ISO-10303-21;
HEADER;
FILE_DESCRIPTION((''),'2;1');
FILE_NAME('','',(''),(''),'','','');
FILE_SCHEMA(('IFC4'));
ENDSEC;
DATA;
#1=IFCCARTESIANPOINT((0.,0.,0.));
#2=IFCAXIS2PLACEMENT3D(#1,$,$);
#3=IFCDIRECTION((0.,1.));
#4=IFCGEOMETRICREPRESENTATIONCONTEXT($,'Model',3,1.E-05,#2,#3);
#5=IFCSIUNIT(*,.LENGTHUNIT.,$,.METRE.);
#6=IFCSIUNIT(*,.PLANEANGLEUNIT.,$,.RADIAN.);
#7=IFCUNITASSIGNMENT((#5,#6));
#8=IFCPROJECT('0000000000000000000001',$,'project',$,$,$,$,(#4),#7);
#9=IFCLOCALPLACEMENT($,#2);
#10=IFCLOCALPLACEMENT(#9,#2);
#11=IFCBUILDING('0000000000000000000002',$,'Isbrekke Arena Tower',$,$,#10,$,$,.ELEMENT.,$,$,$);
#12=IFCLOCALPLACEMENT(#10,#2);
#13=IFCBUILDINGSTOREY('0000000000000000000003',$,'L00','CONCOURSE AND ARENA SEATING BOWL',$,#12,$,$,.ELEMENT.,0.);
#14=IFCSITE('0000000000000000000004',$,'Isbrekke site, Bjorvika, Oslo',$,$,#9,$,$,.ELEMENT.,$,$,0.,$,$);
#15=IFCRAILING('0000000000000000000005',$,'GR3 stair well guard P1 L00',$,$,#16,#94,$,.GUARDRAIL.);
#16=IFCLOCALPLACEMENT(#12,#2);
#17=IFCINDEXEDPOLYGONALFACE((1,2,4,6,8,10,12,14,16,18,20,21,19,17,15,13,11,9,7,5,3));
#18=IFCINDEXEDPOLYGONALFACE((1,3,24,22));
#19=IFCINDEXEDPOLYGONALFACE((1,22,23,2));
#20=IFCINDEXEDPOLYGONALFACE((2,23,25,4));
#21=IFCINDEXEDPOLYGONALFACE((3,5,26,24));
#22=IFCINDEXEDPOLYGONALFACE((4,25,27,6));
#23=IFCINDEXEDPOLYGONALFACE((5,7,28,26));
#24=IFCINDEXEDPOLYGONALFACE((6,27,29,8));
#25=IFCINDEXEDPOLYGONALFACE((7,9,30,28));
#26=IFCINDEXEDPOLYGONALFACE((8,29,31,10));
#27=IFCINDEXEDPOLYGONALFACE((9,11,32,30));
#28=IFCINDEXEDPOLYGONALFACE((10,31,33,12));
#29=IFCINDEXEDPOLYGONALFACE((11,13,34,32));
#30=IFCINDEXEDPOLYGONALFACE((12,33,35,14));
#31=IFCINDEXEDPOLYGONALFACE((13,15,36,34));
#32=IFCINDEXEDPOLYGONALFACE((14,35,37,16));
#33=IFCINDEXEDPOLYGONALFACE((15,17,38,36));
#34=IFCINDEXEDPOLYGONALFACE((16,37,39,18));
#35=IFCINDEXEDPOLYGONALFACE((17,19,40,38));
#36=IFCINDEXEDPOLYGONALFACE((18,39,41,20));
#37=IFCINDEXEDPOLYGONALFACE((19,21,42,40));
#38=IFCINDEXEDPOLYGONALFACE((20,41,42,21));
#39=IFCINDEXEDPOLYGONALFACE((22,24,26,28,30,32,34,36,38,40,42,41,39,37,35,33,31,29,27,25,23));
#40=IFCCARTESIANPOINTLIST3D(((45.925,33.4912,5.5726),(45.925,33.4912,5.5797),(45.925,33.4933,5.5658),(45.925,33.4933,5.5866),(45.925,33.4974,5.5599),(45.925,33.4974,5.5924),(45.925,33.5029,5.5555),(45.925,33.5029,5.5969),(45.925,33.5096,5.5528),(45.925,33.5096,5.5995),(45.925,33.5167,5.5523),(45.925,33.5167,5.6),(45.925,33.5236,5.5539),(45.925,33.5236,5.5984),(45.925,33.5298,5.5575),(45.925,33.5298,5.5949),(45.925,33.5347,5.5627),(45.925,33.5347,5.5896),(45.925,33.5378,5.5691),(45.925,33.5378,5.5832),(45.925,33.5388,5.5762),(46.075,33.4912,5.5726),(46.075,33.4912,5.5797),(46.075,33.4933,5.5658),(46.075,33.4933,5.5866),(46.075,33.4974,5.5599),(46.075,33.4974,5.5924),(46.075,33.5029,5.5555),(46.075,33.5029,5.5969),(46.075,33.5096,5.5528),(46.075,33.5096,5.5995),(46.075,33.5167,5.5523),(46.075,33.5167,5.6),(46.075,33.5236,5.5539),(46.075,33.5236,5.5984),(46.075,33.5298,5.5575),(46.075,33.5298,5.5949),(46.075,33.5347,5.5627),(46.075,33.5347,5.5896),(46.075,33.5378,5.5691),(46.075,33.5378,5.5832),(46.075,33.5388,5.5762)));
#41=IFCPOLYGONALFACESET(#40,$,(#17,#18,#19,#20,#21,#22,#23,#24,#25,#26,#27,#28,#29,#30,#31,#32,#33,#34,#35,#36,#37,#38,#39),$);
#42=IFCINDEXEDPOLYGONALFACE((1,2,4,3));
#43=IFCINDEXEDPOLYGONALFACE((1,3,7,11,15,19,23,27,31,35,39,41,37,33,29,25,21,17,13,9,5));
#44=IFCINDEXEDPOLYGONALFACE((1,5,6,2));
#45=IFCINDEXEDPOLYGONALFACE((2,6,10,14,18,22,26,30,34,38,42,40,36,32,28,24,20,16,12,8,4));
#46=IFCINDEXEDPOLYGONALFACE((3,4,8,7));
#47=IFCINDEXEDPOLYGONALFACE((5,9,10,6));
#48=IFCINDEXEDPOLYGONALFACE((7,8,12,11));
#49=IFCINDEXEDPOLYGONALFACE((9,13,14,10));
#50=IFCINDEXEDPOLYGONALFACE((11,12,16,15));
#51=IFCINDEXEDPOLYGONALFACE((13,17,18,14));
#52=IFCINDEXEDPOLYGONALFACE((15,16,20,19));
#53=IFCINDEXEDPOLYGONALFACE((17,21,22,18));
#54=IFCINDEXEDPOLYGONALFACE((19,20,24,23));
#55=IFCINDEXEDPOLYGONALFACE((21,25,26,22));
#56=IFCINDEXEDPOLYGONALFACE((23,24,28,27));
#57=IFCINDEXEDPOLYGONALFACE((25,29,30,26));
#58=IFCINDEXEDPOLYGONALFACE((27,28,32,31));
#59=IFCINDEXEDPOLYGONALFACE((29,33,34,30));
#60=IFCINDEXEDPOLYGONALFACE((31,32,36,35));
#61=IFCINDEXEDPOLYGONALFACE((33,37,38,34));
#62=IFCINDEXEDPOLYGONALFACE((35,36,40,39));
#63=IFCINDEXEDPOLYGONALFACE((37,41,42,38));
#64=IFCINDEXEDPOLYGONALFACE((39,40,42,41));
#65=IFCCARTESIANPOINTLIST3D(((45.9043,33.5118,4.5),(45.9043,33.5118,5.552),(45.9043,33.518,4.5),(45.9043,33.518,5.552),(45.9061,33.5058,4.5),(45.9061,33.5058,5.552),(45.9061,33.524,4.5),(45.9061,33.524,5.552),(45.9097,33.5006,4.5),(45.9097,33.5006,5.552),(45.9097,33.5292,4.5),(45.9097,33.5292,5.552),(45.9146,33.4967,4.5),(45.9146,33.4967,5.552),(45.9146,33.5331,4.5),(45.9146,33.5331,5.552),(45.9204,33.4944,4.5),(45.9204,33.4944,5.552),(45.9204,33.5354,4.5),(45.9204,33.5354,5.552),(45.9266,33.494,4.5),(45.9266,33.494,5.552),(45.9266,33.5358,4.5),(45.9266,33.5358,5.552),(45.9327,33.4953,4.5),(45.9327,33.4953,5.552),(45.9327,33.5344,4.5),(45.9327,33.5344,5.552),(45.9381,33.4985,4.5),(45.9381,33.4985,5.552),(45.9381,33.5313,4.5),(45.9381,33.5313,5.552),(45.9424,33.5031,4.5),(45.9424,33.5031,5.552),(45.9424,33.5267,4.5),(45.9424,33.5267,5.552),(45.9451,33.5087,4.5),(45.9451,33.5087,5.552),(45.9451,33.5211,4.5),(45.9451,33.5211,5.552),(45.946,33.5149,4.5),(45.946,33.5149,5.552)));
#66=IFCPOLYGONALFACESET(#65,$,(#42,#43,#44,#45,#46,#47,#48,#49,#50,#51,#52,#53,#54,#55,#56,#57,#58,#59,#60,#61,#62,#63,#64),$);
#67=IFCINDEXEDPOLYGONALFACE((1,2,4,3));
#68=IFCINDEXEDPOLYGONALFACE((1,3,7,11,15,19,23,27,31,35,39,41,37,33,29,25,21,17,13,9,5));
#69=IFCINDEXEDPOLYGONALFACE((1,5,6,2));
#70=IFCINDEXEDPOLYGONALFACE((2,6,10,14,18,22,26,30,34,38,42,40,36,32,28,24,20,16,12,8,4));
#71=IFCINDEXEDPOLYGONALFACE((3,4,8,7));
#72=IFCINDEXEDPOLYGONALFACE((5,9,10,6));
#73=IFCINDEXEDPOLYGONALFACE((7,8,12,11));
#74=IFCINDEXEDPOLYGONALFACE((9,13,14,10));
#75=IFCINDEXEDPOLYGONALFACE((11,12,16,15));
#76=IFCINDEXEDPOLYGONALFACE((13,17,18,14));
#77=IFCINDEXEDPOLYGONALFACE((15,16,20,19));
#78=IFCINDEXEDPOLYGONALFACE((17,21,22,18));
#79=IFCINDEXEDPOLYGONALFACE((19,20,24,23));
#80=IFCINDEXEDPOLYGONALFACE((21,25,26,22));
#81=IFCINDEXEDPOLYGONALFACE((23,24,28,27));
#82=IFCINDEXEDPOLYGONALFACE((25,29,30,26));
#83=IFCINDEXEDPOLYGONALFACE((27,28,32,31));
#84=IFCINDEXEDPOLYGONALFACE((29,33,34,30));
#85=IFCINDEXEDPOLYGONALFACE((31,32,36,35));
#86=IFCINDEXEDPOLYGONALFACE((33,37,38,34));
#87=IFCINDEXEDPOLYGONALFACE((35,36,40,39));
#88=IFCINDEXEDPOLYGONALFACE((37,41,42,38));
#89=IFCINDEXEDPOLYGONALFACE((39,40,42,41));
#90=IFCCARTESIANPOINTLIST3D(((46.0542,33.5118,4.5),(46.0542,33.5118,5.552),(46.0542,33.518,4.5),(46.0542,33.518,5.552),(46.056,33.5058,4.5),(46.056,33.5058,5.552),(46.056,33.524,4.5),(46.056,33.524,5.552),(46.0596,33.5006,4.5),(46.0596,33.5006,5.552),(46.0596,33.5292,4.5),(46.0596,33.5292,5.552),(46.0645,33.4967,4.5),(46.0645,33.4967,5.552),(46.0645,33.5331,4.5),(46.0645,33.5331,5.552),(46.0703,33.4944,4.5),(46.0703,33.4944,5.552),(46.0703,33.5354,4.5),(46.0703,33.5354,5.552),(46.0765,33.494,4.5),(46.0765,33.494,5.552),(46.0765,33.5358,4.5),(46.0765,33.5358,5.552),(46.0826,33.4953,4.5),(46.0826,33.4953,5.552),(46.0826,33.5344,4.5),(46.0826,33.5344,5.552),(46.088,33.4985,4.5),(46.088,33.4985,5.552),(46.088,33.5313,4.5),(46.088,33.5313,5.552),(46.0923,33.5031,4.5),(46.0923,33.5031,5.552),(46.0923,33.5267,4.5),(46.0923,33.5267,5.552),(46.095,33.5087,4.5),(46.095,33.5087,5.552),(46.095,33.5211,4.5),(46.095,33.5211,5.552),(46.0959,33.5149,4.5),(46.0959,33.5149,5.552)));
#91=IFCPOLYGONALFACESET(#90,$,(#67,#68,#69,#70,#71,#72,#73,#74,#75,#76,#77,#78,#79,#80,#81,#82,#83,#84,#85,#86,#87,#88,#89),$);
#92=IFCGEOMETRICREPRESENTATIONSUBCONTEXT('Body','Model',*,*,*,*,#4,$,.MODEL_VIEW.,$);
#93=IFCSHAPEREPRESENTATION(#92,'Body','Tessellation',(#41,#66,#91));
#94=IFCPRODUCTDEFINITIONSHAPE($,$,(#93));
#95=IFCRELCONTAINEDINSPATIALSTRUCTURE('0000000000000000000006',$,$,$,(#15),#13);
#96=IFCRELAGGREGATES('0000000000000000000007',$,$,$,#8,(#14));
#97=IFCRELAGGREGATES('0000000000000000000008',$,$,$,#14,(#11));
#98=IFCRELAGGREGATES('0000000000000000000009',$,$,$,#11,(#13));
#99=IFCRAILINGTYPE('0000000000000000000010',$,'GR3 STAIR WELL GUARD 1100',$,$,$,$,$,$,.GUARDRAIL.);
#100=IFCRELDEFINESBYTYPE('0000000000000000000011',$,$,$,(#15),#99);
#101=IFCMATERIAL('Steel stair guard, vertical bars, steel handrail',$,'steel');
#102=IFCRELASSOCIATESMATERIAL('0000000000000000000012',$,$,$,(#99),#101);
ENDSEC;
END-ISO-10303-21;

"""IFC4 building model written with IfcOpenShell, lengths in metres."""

from ifc_helpers import new_model, si_unit, direction, frame, origin, origin_2d, place, context, subcontext, project, spatial, circle, extrude, material, type_object, element, save


model = new_model("IFC4")

# Units and contexts
model_context = context("Model", 3, precision=1e-05, world=origin(), true_north=direction((0.0, 1.0)))
body_context = subcontext(model_context, "Body", "Model", "MODEL_VIEW")
ifc_project = project(units=[si_unit("LENGTHUNIT", "METRE"), si_unit("PLANEANGLEUNIT", "RADIAN")], contexts=[model_context])

# Site, building, storey
site_placement = place(None, origin())
site = spatial("IfcSite", under=ifc_project, at=site_placement, Name="Isbrekke site, Bjorvika, Oslo", CompositionType="ELEMENT", RefElevation=0.0)
building_placement = place(site_placement, origin())
building = spatial("IfcBuilding", under=site, at=building_placement, Name="Isbrekke Arena Tower", CompositionType="ELEMENT")
storey_placement = place(building_placement, origin())
storey = spatial("IfcBuildingStorey", under=building, at=storey_placement, Name="L00", Description="CONCOURSE AND ARENA SEATING BOWL", CompositionType="ELEMENT", Elevation=0.0)

# Railing
ifc_material_1 = material(Name="Steel stair guard, vertical bars, steel handrail", Category="steel")
railing_type = type_object("IfcRailingType", Name="GR3 STAIR WELL GUARD 1100", PredefinedType="GUARDRAIL", material=ifc_material_1)
for number, where, name in (
    (1, (45.925, 33.5149, 4.5), "GR3 stair well guard P1 L00"),
):
    element("IfcRailing", number, at=place(storey_placement, frame(where)), inside=storey, type_object=railing_type, Name=name, PredefinedType="GUARDRAIL", context=body_context, shape_type="SweptSolid", body=[
        extrude(circle(Radius=0.0239, at=origin_2d()), frame((0.0, 0.0, 1.0762), z_axis=(1.0, 0.0, 0.0), x_axis=(0.0, 1.0, 0.0)), (0.0, 0.0, 1.0), 0.1499),
        extrude(circle(Radius=0.021, at=origin_2d()), origin(), (0.0, 0.0, 1.0), 1.052),
        extrude(circle(Radius=0.021, at=origin_2d()), frame((0.1499, 0.0, 0.0)), (0.0, 0.0, 1.0), 1.052),
    ])

save(model, "model.ifc")
